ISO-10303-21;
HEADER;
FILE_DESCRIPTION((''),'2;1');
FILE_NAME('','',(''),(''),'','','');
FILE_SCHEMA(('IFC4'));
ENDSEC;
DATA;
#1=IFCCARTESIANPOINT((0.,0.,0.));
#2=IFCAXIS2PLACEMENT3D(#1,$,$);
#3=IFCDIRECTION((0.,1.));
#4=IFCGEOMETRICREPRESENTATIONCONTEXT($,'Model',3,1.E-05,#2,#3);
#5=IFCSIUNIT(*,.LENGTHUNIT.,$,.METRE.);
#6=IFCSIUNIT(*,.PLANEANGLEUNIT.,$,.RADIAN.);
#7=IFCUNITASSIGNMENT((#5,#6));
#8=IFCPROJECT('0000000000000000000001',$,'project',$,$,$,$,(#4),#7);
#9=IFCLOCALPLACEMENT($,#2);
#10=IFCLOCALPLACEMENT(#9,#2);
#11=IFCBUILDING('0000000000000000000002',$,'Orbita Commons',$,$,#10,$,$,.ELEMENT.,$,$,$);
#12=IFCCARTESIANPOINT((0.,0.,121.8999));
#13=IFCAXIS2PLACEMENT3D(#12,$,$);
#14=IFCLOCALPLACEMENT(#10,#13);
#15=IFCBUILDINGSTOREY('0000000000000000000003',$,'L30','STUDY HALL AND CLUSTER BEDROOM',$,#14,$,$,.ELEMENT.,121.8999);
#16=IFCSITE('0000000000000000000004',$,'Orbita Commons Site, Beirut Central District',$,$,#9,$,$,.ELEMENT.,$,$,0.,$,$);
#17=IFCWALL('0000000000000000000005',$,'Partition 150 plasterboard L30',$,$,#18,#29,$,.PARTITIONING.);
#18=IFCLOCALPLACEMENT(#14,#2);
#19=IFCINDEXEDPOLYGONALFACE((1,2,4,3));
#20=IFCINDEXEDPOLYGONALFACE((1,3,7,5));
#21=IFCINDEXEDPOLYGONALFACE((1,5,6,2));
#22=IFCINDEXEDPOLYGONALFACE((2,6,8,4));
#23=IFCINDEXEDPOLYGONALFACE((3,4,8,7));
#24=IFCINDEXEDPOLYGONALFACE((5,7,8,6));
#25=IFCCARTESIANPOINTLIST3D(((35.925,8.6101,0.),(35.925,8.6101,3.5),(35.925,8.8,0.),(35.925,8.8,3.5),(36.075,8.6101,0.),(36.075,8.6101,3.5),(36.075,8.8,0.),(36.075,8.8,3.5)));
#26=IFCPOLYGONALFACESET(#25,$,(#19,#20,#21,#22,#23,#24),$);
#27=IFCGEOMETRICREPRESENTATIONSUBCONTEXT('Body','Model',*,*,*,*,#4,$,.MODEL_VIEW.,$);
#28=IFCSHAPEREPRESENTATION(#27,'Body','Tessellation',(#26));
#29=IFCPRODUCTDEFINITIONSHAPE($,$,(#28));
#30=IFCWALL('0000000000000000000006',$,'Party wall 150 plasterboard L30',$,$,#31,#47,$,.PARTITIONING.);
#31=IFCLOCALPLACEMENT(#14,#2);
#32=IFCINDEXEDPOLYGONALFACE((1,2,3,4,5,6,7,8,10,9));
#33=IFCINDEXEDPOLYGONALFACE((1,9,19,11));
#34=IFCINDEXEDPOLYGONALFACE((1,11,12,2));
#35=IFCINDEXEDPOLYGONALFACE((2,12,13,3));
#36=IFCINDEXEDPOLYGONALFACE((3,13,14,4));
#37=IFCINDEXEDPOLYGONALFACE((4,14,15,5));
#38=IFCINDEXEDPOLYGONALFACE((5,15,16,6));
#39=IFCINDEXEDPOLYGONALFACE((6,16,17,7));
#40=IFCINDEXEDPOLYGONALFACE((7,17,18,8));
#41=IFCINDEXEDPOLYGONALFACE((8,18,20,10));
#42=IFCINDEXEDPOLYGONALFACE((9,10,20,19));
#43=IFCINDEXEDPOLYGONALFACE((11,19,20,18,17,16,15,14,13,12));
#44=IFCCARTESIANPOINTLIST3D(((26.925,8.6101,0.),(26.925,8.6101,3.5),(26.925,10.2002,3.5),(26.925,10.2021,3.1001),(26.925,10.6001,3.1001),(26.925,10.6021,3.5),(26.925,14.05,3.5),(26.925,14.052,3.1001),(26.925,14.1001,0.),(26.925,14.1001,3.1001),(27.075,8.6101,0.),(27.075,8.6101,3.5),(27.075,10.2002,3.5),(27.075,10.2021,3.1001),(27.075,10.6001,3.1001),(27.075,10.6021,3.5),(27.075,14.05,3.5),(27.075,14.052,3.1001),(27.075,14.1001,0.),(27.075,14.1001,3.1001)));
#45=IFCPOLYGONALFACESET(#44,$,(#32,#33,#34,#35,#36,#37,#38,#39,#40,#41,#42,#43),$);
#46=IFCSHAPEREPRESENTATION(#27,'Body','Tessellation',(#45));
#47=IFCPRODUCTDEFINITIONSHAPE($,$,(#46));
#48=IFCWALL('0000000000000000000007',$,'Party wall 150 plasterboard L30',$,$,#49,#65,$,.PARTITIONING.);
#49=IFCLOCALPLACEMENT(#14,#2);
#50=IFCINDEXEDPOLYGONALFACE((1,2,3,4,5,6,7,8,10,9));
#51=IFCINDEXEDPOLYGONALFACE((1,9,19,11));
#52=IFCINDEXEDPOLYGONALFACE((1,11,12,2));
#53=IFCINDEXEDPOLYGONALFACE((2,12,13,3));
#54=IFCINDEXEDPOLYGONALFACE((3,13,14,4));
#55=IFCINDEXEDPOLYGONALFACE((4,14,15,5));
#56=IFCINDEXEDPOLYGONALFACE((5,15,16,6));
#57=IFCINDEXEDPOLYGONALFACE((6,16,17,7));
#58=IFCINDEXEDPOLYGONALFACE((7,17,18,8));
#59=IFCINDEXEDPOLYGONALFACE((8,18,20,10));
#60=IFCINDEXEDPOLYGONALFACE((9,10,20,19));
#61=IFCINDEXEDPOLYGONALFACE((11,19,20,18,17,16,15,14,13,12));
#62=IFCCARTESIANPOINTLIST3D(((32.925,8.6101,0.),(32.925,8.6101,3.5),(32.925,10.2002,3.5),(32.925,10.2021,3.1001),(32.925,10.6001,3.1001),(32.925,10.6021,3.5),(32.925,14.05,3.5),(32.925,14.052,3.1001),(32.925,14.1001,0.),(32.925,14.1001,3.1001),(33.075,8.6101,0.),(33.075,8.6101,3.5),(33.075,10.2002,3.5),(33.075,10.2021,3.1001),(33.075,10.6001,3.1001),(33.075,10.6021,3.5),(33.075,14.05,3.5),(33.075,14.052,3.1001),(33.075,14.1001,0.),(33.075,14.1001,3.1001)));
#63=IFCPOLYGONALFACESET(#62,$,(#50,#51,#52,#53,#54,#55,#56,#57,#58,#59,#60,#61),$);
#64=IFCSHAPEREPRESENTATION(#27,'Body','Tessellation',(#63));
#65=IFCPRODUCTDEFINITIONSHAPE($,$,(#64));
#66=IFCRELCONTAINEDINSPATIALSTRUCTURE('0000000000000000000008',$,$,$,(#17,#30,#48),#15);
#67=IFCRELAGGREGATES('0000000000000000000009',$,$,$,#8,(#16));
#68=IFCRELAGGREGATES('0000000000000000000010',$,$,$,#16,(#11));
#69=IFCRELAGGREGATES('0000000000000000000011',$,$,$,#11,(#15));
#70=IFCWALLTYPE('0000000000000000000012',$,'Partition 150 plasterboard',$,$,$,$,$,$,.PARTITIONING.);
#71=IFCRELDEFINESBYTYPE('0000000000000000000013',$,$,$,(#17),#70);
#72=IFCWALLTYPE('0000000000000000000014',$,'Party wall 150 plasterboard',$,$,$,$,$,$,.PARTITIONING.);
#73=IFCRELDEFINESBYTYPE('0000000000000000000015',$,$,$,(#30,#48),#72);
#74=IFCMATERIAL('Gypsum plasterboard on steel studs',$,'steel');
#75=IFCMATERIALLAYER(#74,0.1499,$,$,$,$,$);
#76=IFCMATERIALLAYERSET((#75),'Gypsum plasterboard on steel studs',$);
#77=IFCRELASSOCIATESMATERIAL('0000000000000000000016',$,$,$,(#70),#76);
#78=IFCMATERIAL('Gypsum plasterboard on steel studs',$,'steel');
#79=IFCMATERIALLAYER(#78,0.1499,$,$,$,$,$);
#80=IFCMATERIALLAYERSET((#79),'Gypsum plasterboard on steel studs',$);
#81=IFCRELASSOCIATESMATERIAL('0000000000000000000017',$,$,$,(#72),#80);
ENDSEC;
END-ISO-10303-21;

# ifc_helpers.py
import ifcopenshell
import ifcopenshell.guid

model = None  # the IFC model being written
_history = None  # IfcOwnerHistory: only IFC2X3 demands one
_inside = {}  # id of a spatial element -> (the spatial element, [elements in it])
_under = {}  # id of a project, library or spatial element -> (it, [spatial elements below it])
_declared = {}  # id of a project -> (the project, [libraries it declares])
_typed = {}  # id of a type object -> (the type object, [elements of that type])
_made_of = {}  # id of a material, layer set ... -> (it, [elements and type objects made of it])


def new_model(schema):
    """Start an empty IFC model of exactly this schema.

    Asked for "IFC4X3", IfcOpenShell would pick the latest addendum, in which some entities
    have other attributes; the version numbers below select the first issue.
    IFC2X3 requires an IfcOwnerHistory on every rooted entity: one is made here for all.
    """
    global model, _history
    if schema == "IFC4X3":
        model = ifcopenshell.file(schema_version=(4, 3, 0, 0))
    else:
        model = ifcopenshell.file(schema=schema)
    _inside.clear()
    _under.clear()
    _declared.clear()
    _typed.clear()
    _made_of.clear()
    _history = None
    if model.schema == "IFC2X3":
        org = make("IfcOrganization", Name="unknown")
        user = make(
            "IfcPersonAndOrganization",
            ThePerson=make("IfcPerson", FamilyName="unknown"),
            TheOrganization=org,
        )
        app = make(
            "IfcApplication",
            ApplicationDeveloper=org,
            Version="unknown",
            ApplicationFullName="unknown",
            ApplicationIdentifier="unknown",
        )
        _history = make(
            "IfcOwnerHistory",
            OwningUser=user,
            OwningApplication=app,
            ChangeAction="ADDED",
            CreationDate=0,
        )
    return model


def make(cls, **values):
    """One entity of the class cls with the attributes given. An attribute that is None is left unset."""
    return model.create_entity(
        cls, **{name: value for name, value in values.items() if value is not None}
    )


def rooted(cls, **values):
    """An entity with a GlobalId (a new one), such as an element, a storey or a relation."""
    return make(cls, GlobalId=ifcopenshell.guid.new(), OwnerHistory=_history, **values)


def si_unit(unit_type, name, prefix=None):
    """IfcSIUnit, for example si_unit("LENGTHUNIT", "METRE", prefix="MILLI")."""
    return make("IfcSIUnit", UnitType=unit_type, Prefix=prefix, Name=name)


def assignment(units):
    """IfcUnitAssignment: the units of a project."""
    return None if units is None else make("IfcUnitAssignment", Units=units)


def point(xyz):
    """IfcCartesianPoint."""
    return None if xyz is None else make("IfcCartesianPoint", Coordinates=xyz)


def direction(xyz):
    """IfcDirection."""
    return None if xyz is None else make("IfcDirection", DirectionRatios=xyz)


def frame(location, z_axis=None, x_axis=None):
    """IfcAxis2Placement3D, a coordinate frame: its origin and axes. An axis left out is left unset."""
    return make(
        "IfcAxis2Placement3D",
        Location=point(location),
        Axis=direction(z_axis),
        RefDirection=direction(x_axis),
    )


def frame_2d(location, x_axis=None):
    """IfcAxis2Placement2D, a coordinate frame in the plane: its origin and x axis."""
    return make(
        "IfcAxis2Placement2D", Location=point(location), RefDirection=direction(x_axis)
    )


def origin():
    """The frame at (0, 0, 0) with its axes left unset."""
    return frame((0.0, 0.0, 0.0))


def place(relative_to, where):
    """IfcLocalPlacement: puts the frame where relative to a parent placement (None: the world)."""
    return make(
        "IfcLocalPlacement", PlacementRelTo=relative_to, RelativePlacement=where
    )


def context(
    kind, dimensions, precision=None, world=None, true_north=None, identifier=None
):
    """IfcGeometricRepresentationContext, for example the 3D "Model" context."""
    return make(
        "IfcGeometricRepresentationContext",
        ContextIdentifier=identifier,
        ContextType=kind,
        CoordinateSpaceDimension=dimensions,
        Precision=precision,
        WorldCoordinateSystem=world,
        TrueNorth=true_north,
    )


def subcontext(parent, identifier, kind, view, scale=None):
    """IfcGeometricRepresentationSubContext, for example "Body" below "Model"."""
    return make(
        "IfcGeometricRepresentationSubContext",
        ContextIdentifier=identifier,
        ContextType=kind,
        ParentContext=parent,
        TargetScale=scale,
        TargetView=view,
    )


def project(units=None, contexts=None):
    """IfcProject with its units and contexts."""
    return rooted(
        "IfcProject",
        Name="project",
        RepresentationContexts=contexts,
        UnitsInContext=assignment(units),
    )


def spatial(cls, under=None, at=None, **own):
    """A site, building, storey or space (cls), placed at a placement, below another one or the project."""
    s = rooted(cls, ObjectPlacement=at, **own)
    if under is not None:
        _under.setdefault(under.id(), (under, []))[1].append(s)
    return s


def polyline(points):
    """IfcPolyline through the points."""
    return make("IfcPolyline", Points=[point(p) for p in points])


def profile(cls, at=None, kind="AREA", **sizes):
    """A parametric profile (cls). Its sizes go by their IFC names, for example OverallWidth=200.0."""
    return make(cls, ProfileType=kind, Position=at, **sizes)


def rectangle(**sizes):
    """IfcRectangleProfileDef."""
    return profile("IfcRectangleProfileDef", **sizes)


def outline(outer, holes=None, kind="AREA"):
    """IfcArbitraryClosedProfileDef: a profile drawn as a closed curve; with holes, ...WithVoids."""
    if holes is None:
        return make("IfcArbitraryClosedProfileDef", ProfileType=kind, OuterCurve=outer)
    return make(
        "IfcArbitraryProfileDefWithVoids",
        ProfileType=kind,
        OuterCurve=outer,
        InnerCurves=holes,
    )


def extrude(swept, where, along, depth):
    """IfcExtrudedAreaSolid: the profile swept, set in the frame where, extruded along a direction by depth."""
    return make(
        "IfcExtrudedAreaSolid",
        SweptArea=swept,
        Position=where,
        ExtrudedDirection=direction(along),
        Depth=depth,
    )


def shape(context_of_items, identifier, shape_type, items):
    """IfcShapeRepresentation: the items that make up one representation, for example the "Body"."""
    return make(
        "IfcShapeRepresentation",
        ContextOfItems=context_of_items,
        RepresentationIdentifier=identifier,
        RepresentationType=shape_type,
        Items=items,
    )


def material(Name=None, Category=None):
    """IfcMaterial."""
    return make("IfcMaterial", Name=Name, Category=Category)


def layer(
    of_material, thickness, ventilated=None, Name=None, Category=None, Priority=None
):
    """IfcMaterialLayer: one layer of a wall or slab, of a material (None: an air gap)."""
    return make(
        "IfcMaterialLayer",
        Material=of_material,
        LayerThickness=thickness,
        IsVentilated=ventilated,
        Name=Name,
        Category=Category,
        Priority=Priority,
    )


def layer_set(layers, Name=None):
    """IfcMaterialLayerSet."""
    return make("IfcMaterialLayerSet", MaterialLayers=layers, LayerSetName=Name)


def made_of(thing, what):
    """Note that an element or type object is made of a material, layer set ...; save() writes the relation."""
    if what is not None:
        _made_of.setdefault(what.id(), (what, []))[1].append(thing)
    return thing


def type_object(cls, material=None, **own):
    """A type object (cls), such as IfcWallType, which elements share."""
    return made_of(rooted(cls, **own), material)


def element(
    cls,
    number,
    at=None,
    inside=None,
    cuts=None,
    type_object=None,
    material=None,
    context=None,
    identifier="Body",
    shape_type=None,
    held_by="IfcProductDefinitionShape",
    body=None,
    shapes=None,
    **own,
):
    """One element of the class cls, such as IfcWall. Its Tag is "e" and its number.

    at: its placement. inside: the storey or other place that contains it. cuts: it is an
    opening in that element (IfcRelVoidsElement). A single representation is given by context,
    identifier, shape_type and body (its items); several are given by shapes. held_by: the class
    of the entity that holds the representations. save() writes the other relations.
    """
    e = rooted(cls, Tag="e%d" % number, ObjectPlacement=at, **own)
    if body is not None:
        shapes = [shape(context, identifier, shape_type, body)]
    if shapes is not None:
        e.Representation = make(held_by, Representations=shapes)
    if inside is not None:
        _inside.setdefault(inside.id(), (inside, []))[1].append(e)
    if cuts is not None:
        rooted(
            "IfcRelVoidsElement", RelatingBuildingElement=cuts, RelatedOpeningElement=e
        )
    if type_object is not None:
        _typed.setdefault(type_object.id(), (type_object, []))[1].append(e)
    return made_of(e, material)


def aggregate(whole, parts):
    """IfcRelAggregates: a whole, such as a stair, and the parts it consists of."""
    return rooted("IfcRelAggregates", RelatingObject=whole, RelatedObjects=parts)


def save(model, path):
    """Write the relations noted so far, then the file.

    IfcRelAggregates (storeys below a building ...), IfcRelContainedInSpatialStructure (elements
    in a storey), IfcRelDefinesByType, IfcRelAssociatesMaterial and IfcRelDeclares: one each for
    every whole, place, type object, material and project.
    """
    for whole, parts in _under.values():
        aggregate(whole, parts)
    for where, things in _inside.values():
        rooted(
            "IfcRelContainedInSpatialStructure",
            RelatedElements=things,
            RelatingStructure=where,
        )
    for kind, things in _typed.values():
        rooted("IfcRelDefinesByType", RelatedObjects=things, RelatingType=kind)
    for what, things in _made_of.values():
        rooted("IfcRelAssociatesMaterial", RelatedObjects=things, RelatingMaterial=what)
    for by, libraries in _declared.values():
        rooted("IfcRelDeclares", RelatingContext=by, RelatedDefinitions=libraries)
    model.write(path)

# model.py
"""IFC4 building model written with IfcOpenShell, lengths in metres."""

from ifc_helpers import new_model, si_unit, direction, frame, frame_2d, origin, place, context, subcontext, project, spatial, polyline, rectangle, outline, extrude, material, layer, layer_set, type_object, element, save


model = new_model("IFC4")

# Units and contexts
model_context = context("Model", 3, precision=1e-05, world=origin(), true_north=direction((0.0, 1.0)))
body_context = subcontext(model_context, "Body", "Model", "MODEL_VIEW")
ifc_project = project(units=[si_unit("LENGTHUNIT", "METRE"), si_unit("PLANEANGLEUNIT", "RADIAN")], contexts=[model_context])

# Site, building, storey
site_placement = place(None, origin())
site = spatial("IfcSite", under=ifc_project, at=site_placement, Name="Orbita Commons Site, Beirut Central District", CompositionType="ELEMENT", RefElevation=0.0)
building_placement = place(site_placement, origin())
building = spatial("IfcBuilding", under=site, at=building_placement, Name="Orbita Commons", CompositionType="ELEMENT")
storey_placement = place(building_placement, frame((0.0, 0.0, 121.8999)))
storey = spatial("IfcBuildingStorey", under=building, at=storey_placement, Name="L30", Description="STUDY HALL AND CLUSTER BEDROOM", CompositionType="ELEMENT", Elevation=121.8999)

# Walls
ifc_material_1 = material(Name="Gypsum plasterboard on steel studs", Category="steel")
ifc_layer_1 = layer(ifc_material_1, 0.1499)
ifc_layer_set_1 = layer_set([ifc_layer_1], Name="Gypsum plasterboard on steel studs")
wall_type_1 = type_object("IfcWallType", Name="Partition 150 plasterboard", PredefinedType="PARTITIONING", material=ifc_layer_set_1)
for number, where, z_axis, x_axis, name in (
    (1, (36.0, 8.8, 0.0), (0.0, 0.0, 1.0), (0.0, -1.0, 0.0), "Partition 150 plasterboard L30"),
):
    element("IfcWall", number, at=place(storey_placement, frame(where, z_axis=z_axis, x_axis=x_axis)), inside=storey, type_object=wall_type_1, Name=name, PredefinedType="PARTITIONING", context=body_context, shape_type="SweptSolid", body=[
        extrude(rectangle(XDim=0.1899, YDim=0.1499, at=frame_2d((0.095, 0.0))), origin(), (0.0, 0.0, 1.0), 3.5),
    ])
ifc_material_2 = material(Name="Gypsum plasterboard on steel studs", Category="steel")
ifc_layer_2 = layer(ifc_material_2, 0.1499)
ifc_layer_set_2 = layer_set([ifc_layer_2], Name="Gypsum plasterboard on steel studs")
wall_type_2 = type_object("IfcWallType", Name="Party wall 150 plasterboard", PredefinedType="PARTITIONING", material=ifc_layer_set_2)
for number, where, z_axis, x_axis, name in (
    (2, (27.0, 8.6101, 0.0), (0.0, 0.0, 1.0), (0.0, 1.0, 0.0), "Party wall 150 plasterboard L30"),
    (3, (33.0, 8.6101, 0.0), (0.0, 0.0, 1.0), (0.0, 1.0, 0.0), "Party wall 150 plasterboard L30"),
):
    element("IfcWall", number, at=place(storey_placement, frame(where, z_axis=z_axis, x_axis=x_axis)), inside=storey, type_object=wall_type_2, Name=name, PredefinedType="PARTITIONING", context=body_context, shape_type="SweptSolid", body=[
        extrude(outline(polyline([(0.0, 0.0), (5.49, 0.0), (5.49, 3.1001), (5.4419, 3.1001), (5.4399, 3.5), (1.9919, 3.5), (1.99, 3.1001), (1.592, 3.1001), (1.5901, 3.5), (0.0, 3.5), (0.0, 0.0)])), frame((0.0, 0.075, 0.0), z_axis=(0.0, -1.0, 0.0), x_axis=(1.0, 0.0, 0.0)), (0.0, 0.0, 1.0), 0.1499),
    ])

save(model, "model.ifc")
